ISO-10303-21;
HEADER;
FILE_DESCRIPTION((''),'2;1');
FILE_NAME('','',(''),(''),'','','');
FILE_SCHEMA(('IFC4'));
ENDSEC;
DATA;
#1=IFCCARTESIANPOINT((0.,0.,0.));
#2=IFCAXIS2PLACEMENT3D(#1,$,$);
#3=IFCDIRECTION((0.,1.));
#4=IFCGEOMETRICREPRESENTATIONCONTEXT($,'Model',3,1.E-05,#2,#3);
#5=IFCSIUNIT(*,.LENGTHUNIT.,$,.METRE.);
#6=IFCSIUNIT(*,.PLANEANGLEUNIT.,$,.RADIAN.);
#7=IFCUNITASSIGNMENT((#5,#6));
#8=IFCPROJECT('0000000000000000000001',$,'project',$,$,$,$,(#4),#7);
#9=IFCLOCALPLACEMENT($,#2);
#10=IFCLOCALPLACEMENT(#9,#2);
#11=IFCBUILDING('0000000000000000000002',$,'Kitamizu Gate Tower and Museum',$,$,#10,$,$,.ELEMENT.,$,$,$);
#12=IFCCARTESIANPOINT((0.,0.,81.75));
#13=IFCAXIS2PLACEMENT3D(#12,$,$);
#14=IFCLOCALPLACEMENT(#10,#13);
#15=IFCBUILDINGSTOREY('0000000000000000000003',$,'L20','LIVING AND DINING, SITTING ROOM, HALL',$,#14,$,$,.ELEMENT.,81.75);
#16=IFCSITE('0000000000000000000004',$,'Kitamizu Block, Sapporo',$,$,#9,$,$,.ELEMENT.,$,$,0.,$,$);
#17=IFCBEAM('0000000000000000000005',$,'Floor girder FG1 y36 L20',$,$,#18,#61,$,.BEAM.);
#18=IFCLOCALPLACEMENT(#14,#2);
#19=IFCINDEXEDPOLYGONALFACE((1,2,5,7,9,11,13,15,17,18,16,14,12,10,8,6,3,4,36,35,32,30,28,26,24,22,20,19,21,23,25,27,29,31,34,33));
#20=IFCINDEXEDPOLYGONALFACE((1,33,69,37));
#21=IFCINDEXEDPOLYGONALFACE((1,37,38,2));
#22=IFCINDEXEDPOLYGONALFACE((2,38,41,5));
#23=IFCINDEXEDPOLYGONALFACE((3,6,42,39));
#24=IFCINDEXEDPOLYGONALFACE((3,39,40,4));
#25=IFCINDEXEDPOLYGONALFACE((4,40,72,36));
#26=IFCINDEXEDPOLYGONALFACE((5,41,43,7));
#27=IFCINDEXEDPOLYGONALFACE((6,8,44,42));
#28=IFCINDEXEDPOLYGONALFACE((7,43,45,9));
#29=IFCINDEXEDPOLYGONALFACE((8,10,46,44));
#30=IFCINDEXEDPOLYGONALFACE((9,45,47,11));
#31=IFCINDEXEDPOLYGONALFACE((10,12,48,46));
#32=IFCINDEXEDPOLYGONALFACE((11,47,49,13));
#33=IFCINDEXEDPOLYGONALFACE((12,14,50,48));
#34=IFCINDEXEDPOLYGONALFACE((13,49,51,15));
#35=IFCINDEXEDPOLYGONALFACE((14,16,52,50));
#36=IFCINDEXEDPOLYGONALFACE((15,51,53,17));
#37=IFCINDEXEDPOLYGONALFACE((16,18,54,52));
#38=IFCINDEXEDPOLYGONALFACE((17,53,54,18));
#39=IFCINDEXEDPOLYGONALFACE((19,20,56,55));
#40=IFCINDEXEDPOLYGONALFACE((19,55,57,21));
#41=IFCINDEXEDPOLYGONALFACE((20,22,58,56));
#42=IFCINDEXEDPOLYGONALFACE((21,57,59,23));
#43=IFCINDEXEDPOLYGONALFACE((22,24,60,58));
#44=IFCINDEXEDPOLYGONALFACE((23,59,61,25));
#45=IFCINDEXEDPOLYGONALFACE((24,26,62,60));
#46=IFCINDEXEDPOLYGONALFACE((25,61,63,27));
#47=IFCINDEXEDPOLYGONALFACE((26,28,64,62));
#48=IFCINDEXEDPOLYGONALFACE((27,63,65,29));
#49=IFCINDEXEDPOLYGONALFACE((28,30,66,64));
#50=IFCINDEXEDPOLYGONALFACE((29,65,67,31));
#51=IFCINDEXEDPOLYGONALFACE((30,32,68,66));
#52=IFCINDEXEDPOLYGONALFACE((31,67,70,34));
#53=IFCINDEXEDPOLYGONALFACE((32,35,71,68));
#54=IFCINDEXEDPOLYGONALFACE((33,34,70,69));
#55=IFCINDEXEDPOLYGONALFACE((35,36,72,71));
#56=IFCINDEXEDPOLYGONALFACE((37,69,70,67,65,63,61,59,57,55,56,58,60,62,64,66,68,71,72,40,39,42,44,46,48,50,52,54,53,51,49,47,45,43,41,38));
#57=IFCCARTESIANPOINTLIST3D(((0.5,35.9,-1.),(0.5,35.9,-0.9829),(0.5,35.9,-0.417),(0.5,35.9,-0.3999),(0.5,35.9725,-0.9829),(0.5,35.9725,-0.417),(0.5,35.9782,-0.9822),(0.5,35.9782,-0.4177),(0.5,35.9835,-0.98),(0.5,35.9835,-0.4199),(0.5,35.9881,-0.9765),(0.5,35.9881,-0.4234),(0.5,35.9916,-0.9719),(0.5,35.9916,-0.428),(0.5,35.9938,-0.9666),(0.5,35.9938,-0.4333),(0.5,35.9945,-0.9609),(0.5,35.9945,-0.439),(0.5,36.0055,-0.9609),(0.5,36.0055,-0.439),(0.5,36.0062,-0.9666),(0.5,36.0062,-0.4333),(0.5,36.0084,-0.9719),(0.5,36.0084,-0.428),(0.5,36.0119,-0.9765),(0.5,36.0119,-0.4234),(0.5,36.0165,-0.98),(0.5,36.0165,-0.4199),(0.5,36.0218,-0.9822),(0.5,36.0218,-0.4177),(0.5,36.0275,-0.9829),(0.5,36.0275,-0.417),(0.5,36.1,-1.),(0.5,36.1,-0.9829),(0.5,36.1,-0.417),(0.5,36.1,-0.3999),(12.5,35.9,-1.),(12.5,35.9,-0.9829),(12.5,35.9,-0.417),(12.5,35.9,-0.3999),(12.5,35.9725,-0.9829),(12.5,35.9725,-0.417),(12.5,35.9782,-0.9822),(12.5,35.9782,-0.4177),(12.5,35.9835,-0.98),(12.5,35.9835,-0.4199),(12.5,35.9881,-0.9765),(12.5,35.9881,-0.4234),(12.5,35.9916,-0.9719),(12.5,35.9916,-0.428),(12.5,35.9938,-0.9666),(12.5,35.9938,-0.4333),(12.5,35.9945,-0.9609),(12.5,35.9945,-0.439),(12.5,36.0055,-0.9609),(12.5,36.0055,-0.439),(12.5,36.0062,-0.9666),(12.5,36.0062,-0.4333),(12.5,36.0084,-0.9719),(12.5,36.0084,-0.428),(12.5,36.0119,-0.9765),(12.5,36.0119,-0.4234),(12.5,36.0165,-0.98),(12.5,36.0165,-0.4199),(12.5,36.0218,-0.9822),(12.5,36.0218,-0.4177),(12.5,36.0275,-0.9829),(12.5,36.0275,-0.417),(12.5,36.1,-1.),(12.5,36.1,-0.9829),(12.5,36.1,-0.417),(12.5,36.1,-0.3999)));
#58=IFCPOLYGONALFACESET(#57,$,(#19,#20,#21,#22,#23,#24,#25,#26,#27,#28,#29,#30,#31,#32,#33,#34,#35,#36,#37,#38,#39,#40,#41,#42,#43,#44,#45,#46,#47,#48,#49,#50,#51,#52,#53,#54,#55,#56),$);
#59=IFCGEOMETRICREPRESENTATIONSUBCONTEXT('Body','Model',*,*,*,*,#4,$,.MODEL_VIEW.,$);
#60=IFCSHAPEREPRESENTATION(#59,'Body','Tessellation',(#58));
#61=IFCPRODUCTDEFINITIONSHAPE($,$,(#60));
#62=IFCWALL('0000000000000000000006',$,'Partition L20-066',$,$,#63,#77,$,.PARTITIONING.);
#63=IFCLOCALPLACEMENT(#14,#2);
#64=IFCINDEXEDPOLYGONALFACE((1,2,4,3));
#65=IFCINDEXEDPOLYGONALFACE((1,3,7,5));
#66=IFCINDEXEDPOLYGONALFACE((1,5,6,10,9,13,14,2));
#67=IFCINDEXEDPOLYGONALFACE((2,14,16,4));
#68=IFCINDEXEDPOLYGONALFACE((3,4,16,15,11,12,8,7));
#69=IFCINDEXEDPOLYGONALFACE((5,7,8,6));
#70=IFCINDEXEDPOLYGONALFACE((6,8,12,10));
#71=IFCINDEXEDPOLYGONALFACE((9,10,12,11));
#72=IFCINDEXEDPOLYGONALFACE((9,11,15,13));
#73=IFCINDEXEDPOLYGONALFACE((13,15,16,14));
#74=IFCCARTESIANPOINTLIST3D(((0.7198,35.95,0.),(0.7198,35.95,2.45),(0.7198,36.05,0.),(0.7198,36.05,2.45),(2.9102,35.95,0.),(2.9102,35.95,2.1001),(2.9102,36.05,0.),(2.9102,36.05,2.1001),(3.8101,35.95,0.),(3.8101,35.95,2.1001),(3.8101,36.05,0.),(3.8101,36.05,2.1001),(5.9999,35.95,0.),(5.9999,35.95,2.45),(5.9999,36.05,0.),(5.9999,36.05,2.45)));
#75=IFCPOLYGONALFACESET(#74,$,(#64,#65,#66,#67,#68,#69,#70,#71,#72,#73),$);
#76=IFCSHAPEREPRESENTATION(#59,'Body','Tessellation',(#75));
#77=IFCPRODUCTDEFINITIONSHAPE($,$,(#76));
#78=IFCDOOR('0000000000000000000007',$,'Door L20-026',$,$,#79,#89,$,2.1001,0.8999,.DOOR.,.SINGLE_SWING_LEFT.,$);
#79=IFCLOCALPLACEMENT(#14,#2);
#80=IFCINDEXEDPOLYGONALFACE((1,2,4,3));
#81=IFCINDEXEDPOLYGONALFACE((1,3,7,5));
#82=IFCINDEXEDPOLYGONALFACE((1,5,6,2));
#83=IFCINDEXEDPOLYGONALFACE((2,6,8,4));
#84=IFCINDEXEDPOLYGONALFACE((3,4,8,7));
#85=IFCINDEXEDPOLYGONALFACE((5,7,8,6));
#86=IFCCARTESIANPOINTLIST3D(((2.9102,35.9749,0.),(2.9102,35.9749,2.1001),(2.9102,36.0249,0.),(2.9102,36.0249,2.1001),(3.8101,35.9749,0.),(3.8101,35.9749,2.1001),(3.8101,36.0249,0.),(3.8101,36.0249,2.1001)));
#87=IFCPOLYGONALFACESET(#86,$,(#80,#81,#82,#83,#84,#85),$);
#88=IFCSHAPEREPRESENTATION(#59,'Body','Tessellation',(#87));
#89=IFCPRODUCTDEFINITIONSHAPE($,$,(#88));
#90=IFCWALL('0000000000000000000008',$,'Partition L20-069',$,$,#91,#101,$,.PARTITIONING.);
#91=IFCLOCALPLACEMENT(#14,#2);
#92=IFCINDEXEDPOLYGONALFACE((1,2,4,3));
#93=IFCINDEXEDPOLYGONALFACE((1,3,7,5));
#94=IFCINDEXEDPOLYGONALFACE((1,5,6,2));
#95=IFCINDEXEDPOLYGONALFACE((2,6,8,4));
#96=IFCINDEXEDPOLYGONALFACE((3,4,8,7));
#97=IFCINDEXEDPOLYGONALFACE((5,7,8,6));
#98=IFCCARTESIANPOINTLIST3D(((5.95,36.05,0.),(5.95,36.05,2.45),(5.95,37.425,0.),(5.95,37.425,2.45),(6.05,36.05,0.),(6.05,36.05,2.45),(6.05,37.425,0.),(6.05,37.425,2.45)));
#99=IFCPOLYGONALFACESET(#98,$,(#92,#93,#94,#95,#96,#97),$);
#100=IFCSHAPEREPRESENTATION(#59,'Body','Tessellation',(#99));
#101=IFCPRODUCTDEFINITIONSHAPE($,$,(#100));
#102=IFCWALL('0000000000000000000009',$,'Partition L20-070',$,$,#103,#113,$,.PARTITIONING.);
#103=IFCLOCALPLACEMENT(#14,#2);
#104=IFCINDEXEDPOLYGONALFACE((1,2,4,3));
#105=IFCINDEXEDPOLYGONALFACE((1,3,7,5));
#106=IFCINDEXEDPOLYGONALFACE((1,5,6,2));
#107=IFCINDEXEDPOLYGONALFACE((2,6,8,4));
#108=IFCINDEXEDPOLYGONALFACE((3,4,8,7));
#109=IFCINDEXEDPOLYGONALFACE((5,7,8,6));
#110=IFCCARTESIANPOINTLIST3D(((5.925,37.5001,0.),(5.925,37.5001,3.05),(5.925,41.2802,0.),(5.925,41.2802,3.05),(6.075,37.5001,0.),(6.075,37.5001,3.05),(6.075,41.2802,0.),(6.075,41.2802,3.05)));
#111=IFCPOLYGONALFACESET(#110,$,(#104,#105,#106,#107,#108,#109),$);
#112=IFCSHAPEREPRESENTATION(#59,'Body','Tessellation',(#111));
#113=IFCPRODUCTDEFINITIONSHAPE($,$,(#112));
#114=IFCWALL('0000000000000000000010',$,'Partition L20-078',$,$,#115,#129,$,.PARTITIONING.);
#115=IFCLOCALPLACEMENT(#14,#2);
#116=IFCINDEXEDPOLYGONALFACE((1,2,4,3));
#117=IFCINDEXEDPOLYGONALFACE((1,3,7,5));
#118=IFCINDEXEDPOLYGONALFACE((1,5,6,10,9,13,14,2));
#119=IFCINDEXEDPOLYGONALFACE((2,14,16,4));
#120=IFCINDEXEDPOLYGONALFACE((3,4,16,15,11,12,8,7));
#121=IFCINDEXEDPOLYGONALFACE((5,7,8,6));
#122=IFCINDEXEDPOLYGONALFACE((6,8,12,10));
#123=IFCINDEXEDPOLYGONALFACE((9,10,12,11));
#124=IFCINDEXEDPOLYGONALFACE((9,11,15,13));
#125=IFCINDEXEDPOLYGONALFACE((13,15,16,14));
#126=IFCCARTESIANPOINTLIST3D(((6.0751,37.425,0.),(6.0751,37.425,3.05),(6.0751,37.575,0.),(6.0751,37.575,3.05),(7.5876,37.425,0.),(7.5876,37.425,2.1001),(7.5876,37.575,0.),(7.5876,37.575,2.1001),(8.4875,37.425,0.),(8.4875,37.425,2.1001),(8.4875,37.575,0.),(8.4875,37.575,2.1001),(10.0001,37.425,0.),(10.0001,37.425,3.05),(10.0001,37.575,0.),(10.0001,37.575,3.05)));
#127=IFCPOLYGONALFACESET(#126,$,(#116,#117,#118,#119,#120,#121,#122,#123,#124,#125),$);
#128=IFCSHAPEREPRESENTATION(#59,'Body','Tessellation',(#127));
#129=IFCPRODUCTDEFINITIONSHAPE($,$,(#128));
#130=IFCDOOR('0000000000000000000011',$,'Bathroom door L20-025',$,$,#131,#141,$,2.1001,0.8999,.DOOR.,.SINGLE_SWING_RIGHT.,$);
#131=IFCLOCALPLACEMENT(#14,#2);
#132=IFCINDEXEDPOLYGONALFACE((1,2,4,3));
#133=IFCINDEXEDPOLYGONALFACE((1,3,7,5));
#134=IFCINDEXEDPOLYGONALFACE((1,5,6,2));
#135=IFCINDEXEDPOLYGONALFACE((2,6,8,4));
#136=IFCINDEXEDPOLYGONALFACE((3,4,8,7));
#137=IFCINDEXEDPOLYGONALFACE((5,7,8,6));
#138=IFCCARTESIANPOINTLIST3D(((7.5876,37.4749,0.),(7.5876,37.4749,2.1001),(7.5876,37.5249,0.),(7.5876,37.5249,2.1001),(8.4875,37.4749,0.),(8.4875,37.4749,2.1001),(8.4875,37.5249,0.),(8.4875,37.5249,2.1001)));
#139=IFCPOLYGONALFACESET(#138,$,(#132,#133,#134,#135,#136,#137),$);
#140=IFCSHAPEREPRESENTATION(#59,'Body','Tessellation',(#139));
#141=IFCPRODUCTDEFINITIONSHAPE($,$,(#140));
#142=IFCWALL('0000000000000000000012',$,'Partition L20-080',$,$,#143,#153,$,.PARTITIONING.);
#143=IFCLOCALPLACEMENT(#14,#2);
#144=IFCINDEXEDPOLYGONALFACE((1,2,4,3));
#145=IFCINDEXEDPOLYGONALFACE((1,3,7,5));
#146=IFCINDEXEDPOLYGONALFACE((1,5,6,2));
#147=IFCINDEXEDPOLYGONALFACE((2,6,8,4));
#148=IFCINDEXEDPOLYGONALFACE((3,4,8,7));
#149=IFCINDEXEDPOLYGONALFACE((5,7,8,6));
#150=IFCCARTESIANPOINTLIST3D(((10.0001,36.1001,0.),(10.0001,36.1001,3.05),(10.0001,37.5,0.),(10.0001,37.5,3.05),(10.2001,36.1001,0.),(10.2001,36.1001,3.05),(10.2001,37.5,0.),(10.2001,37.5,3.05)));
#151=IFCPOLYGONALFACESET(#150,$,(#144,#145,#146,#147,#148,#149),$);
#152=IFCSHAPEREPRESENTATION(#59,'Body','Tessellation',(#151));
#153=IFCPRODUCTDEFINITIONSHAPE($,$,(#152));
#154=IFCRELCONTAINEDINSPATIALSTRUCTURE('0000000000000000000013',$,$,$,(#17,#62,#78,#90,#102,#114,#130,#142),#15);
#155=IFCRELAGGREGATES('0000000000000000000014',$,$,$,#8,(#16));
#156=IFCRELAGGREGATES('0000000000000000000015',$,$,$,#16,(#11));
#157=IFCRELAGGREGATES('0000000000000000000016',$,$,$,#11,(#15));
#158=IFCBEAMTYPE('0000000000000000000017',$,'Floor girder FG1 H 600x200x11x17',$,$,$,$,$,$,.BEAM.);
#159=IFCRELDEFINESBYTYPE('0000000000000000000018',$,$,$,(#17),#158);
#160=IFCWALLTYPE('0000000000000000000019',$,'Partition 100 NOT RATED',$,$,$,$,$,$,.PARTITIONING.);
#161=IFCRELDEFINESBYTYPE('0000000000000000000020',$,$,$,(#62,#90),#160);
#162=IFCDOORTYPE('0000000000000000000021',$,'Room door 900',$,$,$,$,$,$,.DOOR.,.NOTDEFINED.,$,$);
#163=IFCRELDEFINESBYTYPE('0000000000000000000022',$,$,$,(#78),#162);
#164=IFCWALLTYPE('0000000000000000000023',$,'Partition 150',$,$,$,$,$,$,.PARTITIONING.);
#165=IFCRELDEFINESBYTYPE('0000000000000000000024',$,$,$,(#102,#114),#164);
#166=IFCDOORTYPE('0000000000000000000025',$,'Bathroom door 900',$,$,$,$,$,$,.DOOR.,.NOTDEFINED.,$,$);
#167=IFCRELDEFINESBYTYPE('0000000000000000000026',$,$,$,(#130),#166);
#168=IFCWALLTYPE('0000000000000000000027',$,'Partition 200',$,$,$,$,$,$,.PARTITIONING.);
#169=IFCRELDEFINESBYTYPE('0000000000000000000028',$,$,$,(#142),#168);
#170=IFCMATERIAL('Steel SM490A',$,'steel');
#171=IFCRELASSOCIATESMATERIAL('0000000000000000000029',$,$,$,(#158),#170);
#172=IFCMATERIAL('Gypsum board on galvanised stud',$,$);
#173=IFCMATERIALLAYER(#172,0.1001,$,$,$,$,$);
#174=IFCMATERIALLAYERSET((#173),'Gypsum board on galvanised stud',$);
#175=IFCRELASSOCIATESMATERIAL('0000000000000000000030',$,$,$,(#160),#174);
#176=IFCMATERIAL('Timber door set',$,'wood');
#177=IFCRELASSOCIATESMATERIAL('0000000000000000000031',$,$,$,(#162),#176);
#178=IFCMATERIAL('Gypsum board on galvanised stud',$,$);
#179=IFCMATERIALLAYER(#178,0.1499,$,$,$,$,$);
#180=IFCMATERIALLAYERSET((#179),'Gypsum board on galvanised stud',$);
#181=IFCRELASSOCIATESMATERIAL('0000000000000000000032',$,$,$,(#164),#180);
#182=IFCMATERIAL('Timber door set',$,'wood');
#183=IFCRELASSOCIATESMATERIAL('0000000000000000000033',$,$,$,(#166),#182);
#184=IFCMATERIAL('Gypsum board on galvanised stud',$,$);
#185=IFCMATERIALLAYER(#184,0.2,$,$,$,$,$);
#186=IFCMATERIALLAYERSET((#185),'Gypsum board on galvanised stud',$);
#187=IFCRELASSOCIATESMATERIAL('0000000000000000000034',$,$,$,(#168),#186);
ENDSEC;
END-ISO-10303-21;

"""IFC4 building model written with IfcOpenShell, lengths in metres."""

from ifc_helpers import new_model, si_unit, direction, frame, frame_2d, origin, origin_2d, place, context, subcontext, project, spatial, rectangle, i_section, extrude, material, layer, layer_set, material_profile, profile_set, type_object, element, fill, save


model = new_model("IFC4")

# Units and contexts
model_context = context("Model", 3, precision=1e-05, world=origin(), true_north=direction((0.0, 1.0)))
body_context = subcontext(model_context, "Body", "Model", "MODEL_VIEW")
ifc_project = project(units=[si_unit("LENGTHUNIT", "METRE"), si_unit("PLANEANGLEUNIT", "RADIAN")], contexts=[model_context])

# Site, building, storey
site_placement = place(None, origin())
site = spatial("IfcSite", under=ifc_project, at=site_placement, Name="Kitamizu Block, Sapporo", CompositionType="ELEMENT", RefElevation=0.0)
building_placement = place(site_placement, origin())
building = spatial("IfcBuilding", under=site, at=building_placement, Name="Kitamizu Gate Tower and Museum", CompositionType="ELEMENT")
storey_placement = place(building_placement, frame((0.0, 0.0, 81.75)))
storey = spatial("IfcBuildingStorey", under=building, at=storey_placement, Name="L20", Description="LIVING AND DINING, SITTING ROOM, HALL", CompositionType="ELEMENT", Elevation=81.75)

# Beam
ifc_material_1 = material(Name="Steel SM490A", Category="steel")
ifc_material_profile = material_profile(ifc_material_1, i_section(OverallWidth=0.2, OverallDepth=0.6001, WebThickness=0.011, FlangeThickness=0.0171, FilletRadius=0.022, at=origin_2d()), Name="H-600x200x11x17")
ifc_profile_set = profile_set([ifc_material_profile], Name="Steel SM490A")
beam_type = type_object("IfcBeamType", Name="Floor girder FG1 H 600x200x11x17", PredefinedType="BEAM", material=ifc_profile_set)
beam_placement = place(storey_placement, frame((0.5, 36.0, -0.7), z_axis=(1.0, 0.0, 0.0), x_axis=(0.0, 1.0, 0.0)))
element("IfcBeam", 1, at=beam_placement, inside=storey, type_object=beam_type, Name="Floor girder FG1 y36 L20", PredefinedType="BEAM", context=body_context, shape_type="SweptSolid", body=[
    extrude(i_section(OverallWidth=0.2, OverallDepth=0.6001, WebThickness=0.011, FlangeThickness=0.0171, FilletRadius=0.022, at=origin_2d()), origin(), (0.0, 0.0, 1.0), 12.0),
])

# Wall, opening, door
ifc_material_2 = material(Name="Gypsum board on galvanised stud")
ifc_layer_1 = layer(ifc_material_2, 0.1001)
ifc_layer_set_1 = layer_set([ifc_layer_1], Name="Gypsum board on galvanised stud")
wall_type_1 = type_object("IfcWallType", Name="Partition 100 NOT RATED", PredefinedType="PARTITIONING", material=ifc_layer_set_1)
wall_1_placement = place(storey_placement, frame((6.0, 36.0, 0.0), z_axis=(0.0, 0.0, 1.0), x_axis=(-1.0, 0.0, 0.0)))
wall_1 = element("IfcWall", 2, at=wall_1_placement, inside=storey, type_object=wall_type_1, Name="Partition L20-066", PredefinedType="PARTITIONING", context=body_context, shape_type="SweptSolid", body=[
    extrude(rectangle(XDim=5.28, YDim=0.1001, at=frame_2d((2.6401, 0.0))), origin(), (0.0, 0.0, 1.0), 2.45),
])
opening_1_placement = place(wall_1_placement, frame((2.1899, 0.0, 0.0)))
opening_1 = element("IfcOpeningElement", 3, at=opening_1_placement, cuts=wall_1, PredefinedType="OPENING", context=body_context, shape_type="SweptSolid", body=[
    extrude(rectangle(XDim=0.8999, YDim=2.1001, at=frame_2d((0.45, 1.05))), frame((0.0, 0.0601, 0.0), z_axis=(0.0, -1.0, 0.0), x_axis=(1.0, 0.0, 0.0)), (0.0, 0.0, 1.0), 0.1201),
])
ifc_material_3 = material(Name="Timber door set", Category="wood")
door_type_1 = type_object("IfcDoorType", Name="Room door 900", OperationType="NOTDEFINED", PredefinedType="DOOR", material=ifc_material_3)
door_1_placement = place(opening_1_placement, frame((0.8999, 0.0, 0.0), x_axis=(-1.0, 0.0, 0.0)))
door_1 = element("IfcDoor", 4, at=door_1_placement, inside=storey, type_object=door_type_1, Name="Door L20-026", OperationType="SINGLE_SWING_LEFT", OverallHeight=2.1001, OverallWidth=0.8999, PredefinedType="DOOR", context=body_context, shape_type="SweptSolid", body=[
    extrude(rectangle(XDim=0.8999, YDim=2.1001, at=frame_2d((0.45, 1.05))), frame((0.0, 0.0249, 0.0), z_axis=(0.0, -1.0, 0.0), x_axis=(1.0, 0.0, 0.0)), (0.0, 0.0, 1.0), 0.05),
])
fill(opening_1, door_1)

# Walls
wall_2_placement = place(storey_placement, frame((6.0, 36.05, 0.0), z_axis=(0.0, 0.0, 1.0), x_axis=(0.0, 1.0, 0.0)))
element("IfcWall", 5, at=wall_2_placement, inside=storey, type_object=wall_type_1, Name="Partition L20-069", PredefinedType="PARTITIONING", context=body_context, shape_type="SweptSolid", body=[
    extrude(rectangle(XDim=1.375, YDim=0.1001, at=frame_2d((0.6875, 0.0))), origin(), (0.0, 0.0, 1.0), 2.45),
])
ifc_material_4 = material(Name="Gypsum board on galvanised stud")
ifc_layer_2 = layer(ifc_material_4, 0.1499)
ifc_layer_set_2 = layer_set([ifc_layer_2], Name="Gypsum board on galvanised stud")
wall_type_2 = type_object("IfcWallType", Name="Partition 150", PredefinedType="PARTITIONING", material=ifc_layer_set_2)
wall_3_placement = place(storey_placement, frame((6.0, 37.5, 0.0), z_axis=(0.0, 0.0, 1.0), x_axis=(0.0, 1.0, 0.0)))
element("IfcWall", 6, at=wall_3_placement, inside=storey, type_object=wall_type_2, Name="Partition L20-070", PredefinedType="PARTITIONING", context=body_context, shape_type="SweptSolid", body=[
    extrude(rectangle(XDim=3.78, YDim=0.1499, at=frame_2d((1.8901, 0.0))), origin(), (0.0, 0.0, 1.0), 3.05),
])

# Wall, opening, door
wall_4_placement = place(storey_placement, frame((10.0, 37.5, 0.0), z_axis=(0.0, 0.0, 1.0), x_axis=(-1.0, 0.0, 0.0)))
wall_4 = element("IfcWall", 7, at=wall_4_placement, inside=storey, type_object=wall_type_2, Name="Partition L20-078", PredefinedType="PARTITIONING", context=body_context, shape_type="SweptSolid", body=[
    extrude(rectangle(XDim=3.925, YDim=0.1499, at=frame_2d((1.9624, 0.0))), origin(), (0.0, 0.0, 1.0), 3.05),
])
opening_2_placement = place(wall_4_placement, frame((1.5125, 0.0, 0.0)))
opening_2 = element("IfcOpeningElement", 8, at=opening_2_placement, cuts=wall_4, PredefinedType="OPENING", context=body_context, shape_type="SweptSolid", body=[
    extrude(rectangle(XDim=0.8999, YDim=2.1001, at=frame_2d((0.45, 1.05))), frame((0.0, 0.085, 0.0), z_axis=(0.0, -1.0, 0.0), x_axis=(1.0, 0.0, 0.0)), (0.0, 0.0, 1.0), 0.1699),
])
ifc_material_5 = material(Name="Timber door set", Category="wood")
door_type_2 = type_object("IfcDoorType", Name="Bathroom door 900", OperationType="NOTDEFINED", PredefinedType="DOOR", material=ifc_material_5)
door_2_placement = place(opening_2_placement, frame((0.8999, 0.0, 0.0), x_axis=(-1.0, 0.0, 0.0)))
door_2 = element("IfcDoor", 9, at=door_2_placement, inside=storey, type_object=door_type_2, Name="Bathroom door L20-025", OperationType="SINGLE_SWING_RIGHT", OverallHeight=2.1001, OverallWidth=0.8999, PredefinedType="DOOR", context=body_context, shape_type="SweptSolid", body=[
    extrude(rectangle(XDim=0.8999, YDim=2.1001, at=frame_2d((0.45, 1.05))), frame((0.0, 0.0249, 0.0), z_axis=(0.0, -1.0, 0.0), x_axis=(1.0, 0.0, 0.0)), (0.0, 0.0, 1.0), 0.05),
])
fill(opening_2, door_2)

# Wall
ifc_material_6 = material(Name="Gypsum board on galvanised stud")
ifc_layer_3 = layer(ifc_material_6, 0.2)
ifc_layer_set_3 = layer_set([ifc_layer_3], Name="Gypsum board on galvanised stud")
wall_type_3 = type_object("IfcWallType", Name="Partition 200", PredefinedType="PARTITIONING", material=ifc_layer_set_3)
wall_5_placement = place(storey_placement, frame((10.1001, 36.1001, 0.0), z_axis=(0.0, 0.0, 1.0), x_axis=(0.0, 1.0, 0.0)))
element("IfcWall", 10, at=wall_5_placement, inside=storey, type_object=wall_type_3, Name="Partition L20-080", PredefinedType="PARTITIONING", context=body_context, shape_type="SweptSolid", body=[
    extrude(rectangle(XDim=1.3999, YDim=0.2, at=frame_2d((0.7, 0.0))), origin(), (0.0, 0.0, 1.0), 3.05),
])

save(model, "model.ifc")
